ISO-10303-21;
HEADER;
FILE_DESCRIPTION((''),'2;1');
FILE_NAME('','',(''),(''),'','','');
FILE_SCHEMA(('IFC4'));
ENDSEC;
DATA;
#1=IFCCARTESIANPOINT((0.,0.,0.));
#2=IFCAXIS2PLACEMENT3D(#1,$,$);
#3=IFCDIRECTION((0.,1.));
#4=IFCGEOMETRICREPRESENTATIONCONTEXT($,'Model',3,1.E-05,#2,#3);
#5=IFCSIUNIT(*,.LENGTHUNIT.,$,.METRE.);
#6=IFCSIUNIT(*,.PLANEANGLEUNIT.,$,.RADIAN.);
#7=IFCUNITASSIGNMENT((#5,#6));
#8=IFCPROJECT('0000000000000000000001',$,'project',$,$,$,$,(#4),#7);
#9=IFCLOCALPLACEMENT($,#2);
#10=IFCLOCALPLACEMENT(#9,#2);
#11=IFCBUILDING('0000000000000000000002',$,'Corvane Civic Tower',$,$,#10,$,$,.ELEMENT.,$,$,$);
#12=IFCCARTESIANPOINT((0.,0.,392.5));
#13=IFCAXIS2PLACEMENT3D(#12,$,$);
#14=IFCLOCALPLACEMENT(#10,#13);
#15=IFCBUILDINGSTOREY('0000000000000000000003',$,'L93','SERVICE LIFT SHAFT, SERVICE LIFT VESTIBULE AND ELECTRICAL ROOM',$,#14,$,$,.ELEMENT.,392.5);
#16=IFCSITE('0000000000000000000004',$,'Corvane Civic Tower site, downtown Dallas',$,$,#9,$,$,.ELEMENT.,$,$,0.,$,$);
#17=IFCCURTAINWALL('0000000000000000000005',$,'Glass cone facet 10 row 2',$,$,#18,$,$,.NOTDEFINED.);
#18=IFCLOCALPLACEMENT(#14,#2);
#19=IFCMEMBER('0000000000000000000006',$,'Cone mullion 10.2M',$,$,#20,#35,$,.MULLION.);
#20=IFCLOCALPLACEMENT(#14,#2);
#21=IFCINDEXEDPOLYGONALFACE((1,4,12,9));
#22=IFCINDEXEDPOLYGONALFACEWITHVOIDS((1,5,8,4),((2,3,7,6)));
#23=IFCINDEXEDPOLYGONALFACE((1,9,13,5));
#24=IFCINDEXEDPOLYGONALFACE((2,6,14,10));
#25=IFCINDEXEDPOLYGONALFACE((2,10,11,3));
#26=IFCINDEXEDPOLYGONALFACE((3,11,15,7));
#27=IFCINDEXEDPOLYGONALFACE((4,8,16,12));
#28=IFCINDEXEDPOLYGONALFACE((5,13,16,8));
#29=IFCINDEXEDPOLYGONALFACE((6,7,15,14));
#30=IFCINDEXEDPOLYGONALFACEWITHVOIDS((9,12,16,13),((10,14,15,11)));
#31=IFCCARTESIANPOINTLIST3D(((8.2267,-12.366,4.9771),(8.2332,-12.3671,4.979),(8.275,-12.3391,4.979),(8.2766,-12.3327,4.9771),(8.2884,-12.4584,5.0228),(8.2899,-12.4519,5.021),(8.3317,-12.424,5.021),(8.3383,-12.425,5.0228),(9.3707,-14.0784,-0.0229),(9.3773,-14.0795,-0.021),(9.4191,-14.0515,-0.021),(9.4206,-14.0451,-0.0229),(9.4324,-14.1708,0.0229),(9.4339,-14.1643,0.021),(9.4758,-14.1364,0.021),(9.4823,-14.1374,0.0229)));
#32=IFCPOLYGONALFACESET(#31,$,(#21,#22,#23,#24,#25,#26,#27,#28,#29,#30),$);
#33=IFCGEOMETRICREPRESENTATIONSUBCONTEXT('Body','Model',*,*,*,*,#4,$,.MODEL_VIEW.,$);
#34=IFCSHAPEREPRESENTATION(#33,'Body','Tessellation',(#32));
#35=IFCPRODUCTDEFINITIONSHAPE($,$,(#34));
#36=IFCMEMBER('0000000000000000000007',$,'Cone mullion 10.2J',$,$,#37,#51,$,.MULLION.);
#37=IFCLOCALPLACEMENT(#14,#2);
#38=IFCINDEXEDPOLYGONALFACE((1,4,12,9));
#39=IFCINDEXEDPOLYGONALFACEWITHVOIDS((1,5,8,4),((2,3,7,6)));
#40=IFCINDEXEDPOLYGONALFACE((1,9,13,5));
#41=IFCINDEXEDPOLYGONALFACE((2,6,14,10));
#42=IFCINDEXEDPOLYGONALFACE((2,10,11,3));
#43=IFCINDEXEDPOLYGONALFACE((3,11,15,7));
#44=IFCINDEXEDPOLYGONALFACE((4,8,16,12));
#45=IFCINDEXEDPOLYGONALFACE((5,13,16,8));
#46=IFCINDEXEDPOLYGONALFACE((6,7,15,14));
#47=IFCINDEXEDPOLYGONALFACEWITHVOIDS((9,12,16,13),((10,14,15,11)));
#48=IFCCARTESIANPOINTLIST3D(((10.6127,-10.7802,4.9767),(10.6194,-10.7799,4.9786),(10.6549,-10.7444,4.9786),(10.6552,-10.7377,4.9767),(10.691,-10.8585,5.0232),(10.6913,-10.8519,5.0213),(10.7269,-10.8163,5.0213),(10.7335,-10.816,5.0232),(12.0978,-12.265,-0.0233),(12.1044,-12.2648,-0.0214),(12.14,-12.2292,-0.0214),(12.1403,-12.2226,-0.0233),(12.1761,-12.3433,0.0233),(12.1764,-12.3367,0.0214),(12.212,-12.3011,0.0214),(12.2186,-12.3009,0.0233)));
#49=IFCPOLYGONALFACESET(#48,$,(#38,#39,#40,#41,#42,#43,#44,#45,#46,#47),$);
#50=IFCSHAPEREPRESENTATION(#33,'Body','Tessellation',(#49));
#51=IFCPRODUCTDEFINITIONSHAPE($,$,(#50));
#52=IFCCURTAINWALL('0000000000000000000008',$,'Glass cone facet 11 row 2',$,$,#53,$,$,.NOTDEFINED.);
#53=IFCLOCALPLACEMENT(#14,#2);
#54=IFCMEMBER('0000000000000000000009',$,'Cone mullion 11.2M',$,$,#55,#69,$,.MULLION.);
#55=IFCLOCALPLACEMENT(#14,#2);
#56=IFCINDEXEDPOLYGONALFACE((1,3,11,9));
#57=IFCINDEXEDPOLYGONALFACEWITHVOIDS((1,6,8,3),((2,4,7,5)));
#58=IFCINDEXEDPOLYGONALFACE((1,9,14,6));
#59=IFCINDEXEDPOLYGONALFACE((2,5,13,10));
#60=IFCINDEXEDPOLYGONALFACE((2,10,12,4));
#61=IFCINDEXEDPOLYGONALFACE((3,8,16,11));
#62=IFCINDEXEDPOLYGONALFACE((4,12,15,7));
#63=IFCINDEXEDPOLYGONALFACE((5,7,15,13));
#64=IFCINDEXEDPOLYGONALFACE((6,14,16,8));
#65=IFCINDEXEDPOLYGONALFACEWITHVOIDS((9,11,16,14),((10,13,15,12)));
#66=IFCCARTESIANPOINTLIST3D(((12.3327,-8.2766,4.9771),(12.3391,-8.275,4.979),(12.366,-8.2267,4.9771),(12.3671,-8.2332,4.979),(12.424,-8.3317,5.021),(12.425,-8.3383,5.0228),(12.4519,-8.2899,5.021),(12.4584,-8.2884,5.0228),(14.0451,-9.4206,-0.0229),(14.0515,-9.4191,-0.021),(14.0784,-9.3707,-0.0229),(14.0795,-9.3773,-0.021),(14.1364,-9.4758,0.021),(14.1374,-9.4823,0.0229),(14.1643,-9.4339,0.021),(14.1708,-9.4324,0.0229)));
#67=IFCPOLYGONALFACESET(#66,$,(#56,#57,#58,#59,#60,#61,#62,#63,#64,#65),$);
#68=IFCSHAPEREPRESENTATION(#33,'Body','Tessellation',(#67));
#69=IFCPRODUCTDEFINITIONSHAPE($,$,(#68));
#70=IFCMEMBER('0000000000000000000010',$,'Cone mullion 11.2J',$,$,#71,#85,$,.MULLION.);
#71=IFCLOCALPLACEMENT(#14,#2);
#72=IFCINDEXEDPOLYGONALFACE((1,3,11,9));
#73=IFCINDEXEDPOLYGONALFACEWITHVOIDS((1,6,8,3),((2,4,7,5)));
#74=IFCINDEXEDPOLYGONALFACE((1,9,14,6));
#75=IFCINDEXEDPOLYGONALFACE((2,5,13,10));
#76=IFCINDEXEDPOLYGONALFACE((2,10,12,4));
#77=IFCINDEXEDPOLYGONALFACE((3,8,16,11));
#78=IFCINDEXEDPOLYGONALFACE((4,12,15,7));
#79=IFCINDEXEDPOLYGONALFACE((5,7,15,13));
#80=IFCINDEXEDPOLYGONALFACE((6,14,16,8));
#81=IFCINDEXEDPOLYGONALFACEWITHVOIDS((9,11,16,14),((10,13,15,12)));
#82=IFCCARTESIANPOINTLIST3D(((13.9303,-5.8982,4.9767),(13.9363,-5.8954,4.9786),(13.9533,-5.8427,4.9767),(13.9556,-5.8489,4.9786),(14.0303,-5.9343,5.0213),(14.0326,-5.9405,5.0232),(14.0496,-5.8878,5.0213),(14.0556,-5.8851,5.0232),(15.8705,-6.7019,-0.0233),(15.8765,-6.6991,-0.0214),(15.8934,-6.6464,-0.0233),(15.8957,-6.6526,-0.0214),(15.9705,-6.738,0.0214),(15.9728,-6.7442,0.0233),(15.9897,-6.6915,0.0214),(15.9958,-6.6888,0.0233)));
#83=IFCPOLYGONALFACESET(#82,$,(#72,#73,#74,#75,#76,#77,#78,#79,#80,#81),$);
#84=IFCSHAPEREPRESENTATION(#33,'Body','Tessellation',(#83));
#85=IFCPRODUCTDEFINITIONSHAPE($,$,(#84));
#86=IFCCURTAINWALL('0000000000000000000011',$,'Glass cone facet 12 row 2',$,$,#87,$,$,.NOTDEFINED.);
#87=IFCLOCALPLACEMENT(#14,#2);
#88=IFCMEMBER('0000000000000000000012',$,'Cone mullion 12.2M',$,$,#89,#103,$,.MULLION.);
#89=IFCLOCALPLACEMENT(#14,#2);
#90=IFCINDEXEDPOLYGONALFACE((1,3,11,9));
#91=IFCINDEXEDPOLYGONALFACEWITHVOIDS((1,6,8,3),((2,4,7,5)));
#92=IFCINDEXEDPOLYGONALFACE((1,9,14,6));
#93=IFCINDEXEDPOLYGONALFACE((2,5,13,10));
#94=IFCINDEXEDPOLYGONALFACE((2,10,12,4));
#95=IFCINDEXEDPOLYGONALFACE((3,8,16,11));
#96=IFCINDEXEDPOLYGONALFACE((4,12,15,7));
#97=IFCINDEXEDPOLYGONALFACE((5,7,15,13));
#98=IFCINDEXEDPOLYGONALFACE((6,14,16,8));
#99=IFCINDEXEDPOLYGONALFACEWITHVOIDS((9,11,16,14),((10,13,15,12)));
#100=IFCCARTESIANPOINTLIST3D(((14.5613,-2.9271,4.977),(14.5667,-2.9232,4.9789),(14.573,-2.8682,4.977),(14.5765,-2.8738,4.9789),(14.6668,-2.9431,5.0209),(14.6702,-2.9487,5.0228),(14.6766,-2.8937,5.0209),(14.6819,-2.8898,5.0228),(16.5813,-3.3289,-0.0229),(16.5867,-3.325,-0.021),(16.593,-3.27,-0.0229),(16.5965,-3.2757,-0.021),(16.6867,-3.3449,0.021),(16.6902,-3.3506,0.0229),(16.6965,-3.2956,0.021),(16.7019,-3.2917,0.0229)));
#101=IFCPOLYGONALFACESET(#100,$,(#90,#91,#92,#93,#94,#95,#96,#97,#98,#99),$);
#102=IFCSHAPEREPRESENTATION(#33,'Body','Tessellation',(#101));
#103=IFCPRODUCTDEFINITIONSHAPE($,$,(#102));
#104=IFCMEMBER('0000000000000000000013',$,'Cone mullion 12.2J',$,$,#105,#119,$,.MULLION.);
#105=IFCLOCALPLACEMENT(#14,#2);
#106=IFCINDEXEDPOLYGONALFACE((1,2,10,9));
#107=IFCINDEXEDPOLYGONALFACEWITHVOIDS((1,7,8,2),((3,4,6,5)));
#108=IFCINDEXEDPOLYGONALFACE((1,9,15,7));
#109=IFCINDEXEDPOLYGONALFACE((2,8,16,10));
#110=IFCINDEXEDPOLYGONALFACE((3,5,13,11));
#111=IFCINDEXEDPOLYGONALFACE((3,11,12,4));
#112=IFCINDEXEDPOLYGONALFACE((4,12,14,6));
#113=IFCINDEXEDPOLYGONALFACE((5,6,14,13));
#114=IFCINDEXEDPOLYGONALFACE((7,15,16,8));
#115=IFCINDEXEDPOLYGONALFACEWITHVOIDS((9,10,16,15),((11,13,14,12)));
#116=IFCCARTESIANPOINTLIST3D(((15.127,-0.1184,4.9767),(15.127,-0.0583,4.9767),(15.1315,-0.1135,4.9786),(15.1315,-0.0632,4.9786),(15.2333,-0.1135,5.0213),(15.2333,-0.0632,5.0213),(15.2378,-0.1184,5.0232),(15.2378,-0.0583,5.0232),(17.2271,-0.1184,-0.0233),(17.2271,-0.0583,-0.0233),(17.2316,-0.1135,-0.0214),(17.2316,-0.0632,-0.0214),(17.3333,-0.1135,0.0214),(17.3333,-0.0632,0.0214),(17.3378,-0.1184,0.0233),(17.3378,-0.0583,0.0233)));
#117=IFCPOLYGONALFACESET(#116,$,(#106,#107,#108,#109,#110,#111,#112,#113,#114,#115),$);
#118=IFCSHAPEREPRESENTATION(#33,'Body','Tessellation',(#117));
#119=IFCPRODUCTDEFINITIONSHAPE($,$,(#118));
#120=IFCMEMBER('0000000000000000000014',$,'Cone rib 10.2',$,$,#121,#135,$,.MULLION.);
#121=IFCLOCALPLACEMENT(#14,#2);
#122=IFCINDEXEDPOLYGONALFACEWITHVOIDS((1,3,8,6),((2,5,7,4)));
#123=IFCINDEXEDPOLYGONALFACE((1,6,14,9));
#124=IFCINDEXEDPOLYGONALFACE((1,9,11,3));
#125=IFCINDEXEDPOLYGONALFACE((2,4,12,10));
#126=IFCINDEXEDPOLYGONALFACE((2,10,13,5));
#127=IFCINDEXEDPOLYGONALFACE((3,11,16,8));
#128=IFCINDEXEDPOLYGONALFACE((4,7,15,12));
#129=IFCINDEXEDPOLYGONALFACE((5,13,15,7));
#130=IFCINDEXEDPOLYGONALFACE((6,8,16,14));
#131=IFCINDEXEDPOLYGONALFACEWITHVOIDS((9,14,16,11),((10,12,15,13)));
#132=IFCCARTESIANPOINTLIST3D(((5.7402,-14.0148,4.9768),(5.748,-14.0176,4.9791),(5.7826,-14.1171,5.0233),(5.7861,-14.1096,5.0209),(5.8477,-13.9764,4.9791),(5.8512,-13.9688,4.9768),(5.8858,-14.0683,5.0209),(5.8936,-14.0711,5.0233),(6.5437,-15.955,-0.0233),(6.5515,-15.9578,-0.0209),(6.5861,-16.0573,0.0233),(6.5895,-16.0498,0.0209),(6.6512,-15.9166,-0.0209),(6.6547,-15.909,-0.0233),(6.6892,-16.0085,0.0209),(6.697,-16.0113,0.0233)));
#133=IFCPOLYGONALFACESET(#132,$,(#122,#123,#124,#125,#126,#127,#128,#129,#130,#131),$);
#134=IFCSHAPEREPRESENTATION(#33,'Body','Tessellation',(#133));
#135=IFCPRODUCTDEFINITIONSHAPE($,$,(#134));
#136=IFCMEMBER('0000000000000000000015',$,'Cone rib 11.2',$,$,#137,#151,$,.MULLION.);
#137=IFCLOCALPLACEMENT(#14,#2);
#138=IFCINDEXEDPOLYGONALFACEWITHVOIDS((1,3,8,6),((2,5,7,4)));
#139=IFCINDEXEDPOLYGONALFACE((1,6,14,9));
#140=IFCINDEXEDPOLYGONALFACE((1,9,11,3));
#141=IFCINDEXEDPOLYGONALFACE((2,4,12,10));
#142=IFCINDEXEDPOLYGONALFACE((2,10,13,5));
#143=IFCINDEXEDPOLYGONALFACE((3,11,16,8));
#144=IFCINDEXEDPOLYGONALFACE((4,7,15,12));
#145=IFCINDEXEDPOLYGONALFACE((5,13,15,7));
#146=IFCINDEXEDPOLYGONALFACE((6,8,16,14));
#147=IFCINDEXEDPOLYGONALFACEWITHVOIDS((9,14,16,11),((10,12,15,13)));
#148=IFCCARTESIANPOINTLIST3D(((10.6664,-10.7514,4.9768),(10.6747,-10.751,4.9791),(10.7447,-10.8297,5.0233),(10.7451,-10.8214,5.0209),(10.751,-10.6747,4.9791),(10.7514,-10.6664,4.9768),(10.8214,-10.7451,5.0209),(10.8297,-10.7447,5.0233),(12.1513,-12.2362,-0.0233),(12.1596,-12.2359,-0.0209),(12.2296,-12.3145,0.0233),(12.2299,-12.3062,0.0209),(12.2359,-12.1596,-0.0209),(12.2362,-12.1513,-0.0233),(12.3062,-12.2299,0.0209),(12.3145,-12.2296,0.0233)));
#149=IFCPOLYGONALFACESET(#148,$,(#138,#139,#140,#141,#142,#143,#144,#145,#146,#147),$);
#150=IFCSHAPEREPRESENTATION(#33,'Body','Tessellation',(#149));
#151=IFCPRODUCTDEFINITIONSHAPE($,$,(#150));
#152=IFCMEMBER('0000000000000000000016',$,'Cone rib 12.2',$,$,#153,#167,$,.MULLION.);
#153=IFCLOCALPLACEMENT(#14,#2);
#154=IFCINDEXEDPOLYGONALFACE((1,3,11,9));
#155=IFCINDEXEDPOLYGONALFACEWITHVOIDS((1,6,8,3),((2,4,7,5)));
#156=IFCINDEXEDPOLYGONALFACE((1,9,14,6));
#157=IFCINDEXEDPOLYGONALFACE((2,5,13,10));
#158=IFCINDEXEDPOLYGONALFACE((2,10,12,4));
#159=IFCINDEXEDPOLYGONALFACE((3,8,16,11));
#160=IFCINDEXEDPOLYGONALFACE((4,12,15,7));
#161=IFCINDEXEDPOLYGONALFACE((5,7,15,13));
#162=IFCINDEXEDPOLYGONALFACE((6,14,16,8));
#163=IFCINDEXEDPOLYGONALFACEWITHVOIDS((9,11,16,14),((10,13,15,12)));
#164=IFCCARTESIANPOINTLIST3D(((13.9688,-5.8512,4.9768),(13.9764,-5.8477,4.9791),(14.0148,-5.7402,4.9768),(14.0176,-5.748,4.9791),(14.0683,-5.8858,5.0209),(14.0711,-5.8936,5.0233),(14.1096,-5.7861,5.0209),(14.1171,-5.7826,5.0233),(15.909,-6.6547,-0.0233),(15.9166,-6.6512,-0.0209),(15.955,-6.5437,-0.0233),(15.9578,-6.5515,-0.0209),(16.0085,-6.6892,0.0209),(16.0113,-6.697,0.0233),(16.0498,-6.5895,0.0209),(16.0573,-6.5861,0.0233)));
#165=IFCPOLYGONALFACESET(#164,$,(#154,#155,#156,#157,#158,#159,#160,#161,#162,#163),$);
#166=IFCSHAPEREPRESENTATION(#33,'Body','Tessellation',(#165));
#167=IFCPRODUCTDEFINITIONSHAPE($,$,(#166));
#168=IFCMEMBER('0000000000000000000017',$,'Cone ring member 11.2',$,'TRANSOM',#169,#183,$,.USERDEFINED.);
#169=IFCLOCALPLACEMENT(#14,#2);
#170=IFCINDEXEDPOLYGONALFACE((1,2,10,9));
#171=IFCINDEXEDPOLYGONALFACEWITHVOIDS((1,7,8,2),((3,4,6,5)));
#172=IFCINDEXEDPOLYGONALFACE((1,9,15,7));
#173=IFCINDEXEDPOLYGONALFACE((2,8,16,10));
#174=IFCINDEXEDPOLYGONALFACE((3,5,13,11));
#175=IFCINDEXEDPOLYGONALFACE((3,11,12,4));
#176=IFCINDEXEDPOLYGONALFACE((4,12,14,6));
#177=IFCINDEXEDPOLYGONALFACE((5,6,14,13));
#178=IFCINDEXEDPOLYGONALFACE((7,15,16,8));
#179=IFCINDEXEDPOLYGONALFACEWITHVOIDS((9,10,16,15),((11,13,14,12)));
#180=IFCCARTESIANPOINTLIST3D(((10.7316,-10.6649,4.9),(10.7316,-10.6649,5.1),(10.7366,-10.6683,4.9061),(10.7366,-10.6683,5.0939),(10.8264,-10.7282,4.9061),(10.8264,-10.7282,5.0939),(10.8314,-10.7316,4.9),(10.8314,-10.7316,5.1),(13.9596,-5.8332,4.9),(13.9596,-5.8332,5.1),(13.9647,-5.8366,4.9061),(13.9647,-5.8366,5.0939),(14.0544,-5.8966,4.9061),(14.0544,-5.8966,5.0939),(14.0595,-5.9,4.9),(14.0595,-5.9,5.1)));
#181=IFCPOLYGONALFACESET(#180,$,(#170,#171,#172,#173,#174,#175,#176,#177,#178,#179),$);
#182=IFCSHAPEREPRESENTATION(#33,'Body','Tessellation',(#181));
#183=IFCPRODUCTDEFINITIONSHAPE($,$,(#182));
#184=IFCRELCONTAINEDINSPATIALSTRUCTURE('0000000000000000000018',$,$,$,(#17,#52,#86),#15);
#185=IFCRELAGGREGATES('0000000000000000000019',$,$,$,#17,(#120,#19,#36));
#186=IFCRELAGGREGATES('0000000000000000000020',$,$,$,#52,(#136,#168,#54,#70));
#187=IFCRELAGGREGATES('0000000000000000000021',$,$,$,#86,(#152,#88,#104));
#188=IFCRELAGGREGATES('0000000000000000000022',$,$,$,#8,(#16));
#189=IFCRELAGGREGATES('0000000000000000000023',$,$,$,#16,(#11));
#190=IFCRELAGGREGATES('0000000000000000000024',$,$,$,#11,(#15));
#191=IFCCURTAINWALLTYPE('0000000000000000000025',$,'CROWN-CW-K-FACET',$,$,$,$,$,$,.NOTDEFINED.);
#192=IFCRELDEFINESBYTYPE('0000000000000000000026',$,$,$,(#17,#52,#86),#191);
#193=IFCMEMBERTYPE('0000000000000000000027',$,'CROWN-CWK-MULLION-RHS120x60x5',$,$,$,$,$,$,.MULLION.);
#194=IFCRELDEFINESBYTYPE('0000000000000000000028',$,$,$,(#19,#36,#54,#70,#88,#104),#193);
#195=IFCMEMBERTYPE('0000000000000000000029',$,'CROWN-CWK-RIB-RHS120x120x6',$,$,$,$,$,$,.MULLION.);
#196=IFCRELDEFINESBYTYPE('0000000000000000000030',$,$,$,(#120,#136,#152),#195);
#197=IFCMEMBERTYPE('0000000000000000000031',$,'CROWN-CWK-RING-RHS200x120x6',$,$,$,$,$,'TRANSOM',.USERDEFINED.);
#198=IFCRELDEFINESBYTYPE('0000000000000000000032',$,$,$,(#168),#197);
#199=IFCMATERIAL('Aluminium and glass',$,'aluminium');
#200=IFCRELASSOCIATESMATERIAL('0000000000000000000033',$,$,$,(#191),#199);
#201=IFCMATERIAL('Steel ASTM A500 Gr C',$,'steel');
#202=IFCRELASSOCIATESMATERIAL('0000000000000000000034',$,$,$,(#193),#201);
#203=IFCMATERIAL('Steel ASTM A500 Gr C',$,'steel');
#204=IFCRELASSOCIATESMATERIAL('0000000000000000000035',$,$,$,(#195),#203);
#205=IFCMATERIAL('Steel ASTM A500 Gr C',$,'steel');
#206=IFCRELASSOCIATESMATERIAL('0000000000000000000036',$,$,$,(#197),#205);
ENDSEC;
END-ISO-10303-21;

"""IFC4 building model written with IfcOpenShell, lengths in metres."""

from ifc_helpers import new_model, si_unit, direction, frame, origin, origin_2d, place, context, subcontext, project, spatial, hollow_rectangle, extrude, material, material_profile, profile_set, type_object, element, aggregate, save


model = new_model("IFC4")

# Units and contexts
model_context = context("Model", 3, precision=1e-05, world=origin(), true_north=direction((0.0, 1.0)))
body_context = subcontext(model_context, "Body", "Model", "MODEL_VIEW")
ifc_project = project(units=[si_unit("LENGTHUNIT", "METRE"), si_unit("PLANEANGLEUNIT", "RADIAN")], contexts=[model_context])

# Site, building, storey
site_placement = place(None, origin())
site = spatial("IfcSite", under=ifc_project, at=site_placement, Name="Corvane Civic Tower site, downtown Dallas", CompositionType="ELEMENT", RefElevation=0.0)
building_placement = place(site_placement, origin())
building = spatial("IfcBuilding", under=site, at=building_placement, Name="Corvane Civic Tower", CompositionType="ELEMENT")
storey_placement = place(building_placement, frame((0.0, 0.0, 392.5)))
storey = spatial("IfcBuildingStorey", under=building, at=storey_placement, Name="L93", Description="SERVICE LIFT SHAFT, SERVICE LIFT VESTIBULE AND ELECTRICAL ROOM", CompositionType="ELEMENT", Elevation=392.5)

# Shared definitions
ifc_material_1 = material(Name="Aluminium and glass", Category="aluminium")
curtain_wall_type = type_object("IfcCurtainWallType", Name="CROWN-CW-K-FACET", PredefinedType="NOTDEFINED", material=ifc_material_1)
ifc_material_2 = material(Name="Steel ASTM A500 Gr C", Category="steel")
ifc_material_profile_1 = material_profile(ifc_material_2, hollow_rectangle(XDim=0.0601, YDim=0.1201, WallThickness=0.0049, at=origin_2d()), Name="RHS 120x60x5")
ifc_profile_set_1 = profile_set([ifc_material_profile_1], Name="Steel ASTM A500 Gr C")
member_type_1 = type_object("IfcMemberType", Name="CROWN-CWK-MULLION-RHS120x60x5", PredefinedType="MULLION", material=ifc_profile_set_1)

# Curtain walls, members
curtain_wall_1_placement = place(storey_placement, origin())
curtain_wall_1 = element("IfcCurtainWall", 1, at=curtain_wall_1_placement, inside=storey, type_object=curtain_wall_type, Name="Glass cone facet 10 row 2", PredefinedType="NOTDEFINED")
member_1_placement = place(storey_placement, frame((9.4265, -14.1079, 0.0), z_axis=(-0.211566, 0.316671, 0.92464), x_axis=(-0.831503, -0.555521, 0.0)))
member_1 = element("IfcMember", 2, at=member_1_placement, type_object=member_type_1, Name="Cone mullion 10.2M", PredefinedType="MULLION", context=body_context, shape_type="SweptSolid", body=[
    extrude(hollow_rectangle(XDim=0.0601, YDim=0.1201, WallThickness=0.0049, at=origin_2d()), origin(), (0.0, 0.0, 1.0), 5.4075),
])
member_2_placement = place(storey_placement, frame((12.1582, -12.283, 0.0), z_axis=(-0.273847, 0.273802, 0.921976), x_axis=(-0.707049, -0.707165, 0.0)))
member_2 = element("IfcMember", 3, at=member_2_placement, type_object=member_type_1, Name="Cone mullion 10.2J", PredefinedType="MULLION", context=body_context, shape_type="SweptSolid", body=[
    extrude(hollow_rectangle(XDim=0.0601, YDim=0.1201, WallThickness=0.0049, at=origin_2d()), origin(), (0.0, 0.0, 1.0), 5.4231),
])
curtain_wall_2_placement = place(storey_placement, origin())
curtain_wall_2 = element("IfcCurtainWall", 4, at=curtain_wall_2_placement, inside=storey, type_object=curtain_wall_type, Name="Glass cone facet 11 row 2", PredefinedType="NOTDEFINED")
member_3_placement = place(storey_placement, frame((14.1079, -9.4265, 0.0), z_axis=(-0.316671, 0.211566, 0.92464), x_axis=(-0.555521, -0.831503, 0.0)))
member_3 = element("IfcMember", 5, at=member_3_placement, type_object=member_type_1, Name="Cone mullion 11.2M", PredefinedType="MULLION", context=body_context, shape_type="SweptSolid", body=[
    extrude(hollow_rectangle(XDim=0.0601, YDim=0.1201, WallThickness=0.0049, at=origin_2d()), origin(), (0.0, 0.0, 1.0), 5.4075),
])
member_4_placement = place(storey_placement, frame((15.9331, -6.6953, 0.0), z_axis=(-0.357762, 0.148201, 0.921978), x_axis=(-0.382708, -0.923869, 0.0)))
member_4 = element("IfcMember", 6, at=member_4_placement, type_object=member_type_1, Name="Cone mullion 11.2J", PredefinedType="MULLION", context=body_context, shape_type="SweptSolid", body=[
    extrude(hollow_rectangle(XDim=0.0601, YDim=0.1201, WallThickness=0.0049, at=origin_2d()), origin(), (0.0, 0.0, 1.0), 5.4231),
])
curtain_wall_3_placement = place(storey_placement, origin())
curtain_wall_3 = element("IfcCurtainWall", 7, at=curtain_wall_3_placement, inside=storey, type_object=curtain_wall_type, Name="Glass cone facet 12 row 2", PredefinedType="NOTDEFINED")
member_5_placement = place(storey_placement, frame((16.6416, -3.3103, 0.0), z_axis=(-0.373553, 0.074313, 0.924627), x_axis=(-0.195113, -0.980781, 0.0)))
member_5 = element("IfcMember", 8, at=member_5_placement, type_object=member_type_1, Name="Cone mullion 12.2M", PredefinedType="MULLION", context=body_context, shape_type="SweptSolid", body=[
    extrude(hollow_rectangle(XDim=0.0601, YDim=0.1201, WallThickness=0.0049, at=origin_2d()), origin(), (0.0, 0.0, 1.0), 5.4075),
])
member_6_placement = place(storey_placement, frame((17.2825, -0.0884, 0.0), z_axis=(-0.387248, 0.0, 0.921976), x_axis=(0.0, -1.0, 0.0)))
member_6 = element("IfcMember", 9, at=member_6_placement, type_object=member_type_1, Name="Cone mullion 12.2J", PredefinedType="MULLION", context=body_context, shape_type="SweptSolid", body=[
    extrude(hollow_rectangle(XDim=0.0601, YDim=0.1201, WallThickness=0.0049, at=origin_2d()), origin(), (0.0, 0.0, 1.0), 5.4231),
])

# Members
ifc_material_3 = material(Name="Steel ASTM A500 Gr C", Category="steel")
ifc_material_profile_2 = material_profile(ifc_material_3, hollow_rectangle(XDim=0.1201, YDim=0.1201, WallThickness=0.0061, at=origin_2d()), Name="RHS 120x120x6")
ifc_profile_set_2 = profile_set([ifc_material_profile_2], Name="Steel ASTM A500 Gr C")
member_type_2 = type_object("IfcMemberType", Name="CROWN-CWK-RIB-RHS120x120x6", PredefinedType="MULLION", material=ifc_profile_set_2)
member_7_placement = place(storey_placement, frame((6.6204, -15.9832, 0.0), z_axis=(-0.148157, 0.357764, 0.921984), x_axis=(-0.923911, -0.382608, 0.0)))
member_7 = element("IfcMember", 10, at=member_7_placement, type_object=member_type_2, Name="Cone rib 10.2", PredefinedType="MULLION", context=body_context, shape_type="SweptSolid", body=[
    extrude(hollow_rectangle(XDim=0.1201, YDim=0.1201, WallThickness=0.0061, at=origin_2d()), origin(), (0.0, 0.0, 1.0), 5.4231),
])
member_8_placement = place(storey_placement, frame((12.2329, -12.2329, 0.0), z_axis=(-0.273805, 0.273805, 0.921988), x_axis=(-0.707107, -0.707107, 0.0)))
member_8 = element("IfcMember", 11, at=member_8_placement, type_object=member_type_2, Name="Cone rib 11.2", PredefinedType="MULLION", context=body_context, shape_type="SweptSolid", body=[
    extrude(hollow_rectangle(XDim=0.1201, YDim=0.1201, WallThickness=0.0061, at=origin_2d()), origin(), (0.0, 0.0, 1.0), 5.4231),
])
member_9_placement = place(storey_placement, frame((15.9832, -6.6204, 0.0), z_axis=(-0.357764, 0.148157, 0.921984), x_axis=(-0.382608, -0.923911, 0.0)))
member_9 = element("IfcMember", 12, at=member_9_placement, type_object=member_type_2, Name="Cone rib 12.2", PredefinedType="MULLION", context=body_context, shape_type="SweptSolid", body=[
    extrude(hollow_rectangle(XDim=0.1201, YDim=0.1201, WallThickness=0.0061, at=origin_2d()), origin(), (0.0, 0.0, 1.0), 5.4231),
])
ifc_material_4 = material(Name="Steel ASTM A500 Gr C", Category="steel")
ifc_material_profile_3 = material_profile(ifc_material_4, hollow_rectangle(XDim=0.1201, YDim=0.2, WallThickness=0.0061, at=origin_2d()), Name="RHS 200x120x6")
ifc_profile_set_3 = profile_set([ifc_material_profile_3], Name="Steel ASTM A500 Gr C")
member_type_3 = type_object("IfcMemberType", Name="CROWN-CWK-RING-RHS200x120x6", ElementType="TRANSOM", PredefinedType="USERDEFINED", material=ifc_profile_set_3)
member_10_placement = place(storey_placement, frame((10.7815, -10.6982, 5.0), z_axis=(0.555534, 0.831494, 0.0), x_axis=(-0.831494, 0.555534, 0.0)))
member_10 = element("IfcMember", 13, at=member_10_placement, type_object=member_type_3, Name="Cone ring member 11.2", ObjectType="TRANSOM", PredefinedType="USERDEFINED", context=body_context, shape_type="SweptSolid", body=[
    extrude(hollow_rectangle(XDim=0.1201, YDim=0.2, WallThickness=0.0061, at=origin_2d()), origin(), (0.0, 0.0, 1.0), 5.8108),
])

aggregate(curtain_wall_1, [member_7, member_1, member_2])
aggregate(curtain_wall_2, [member_8, member_10, member_3, member_4])
aggregate(curtain_wall_3, [member_9, member_5, member_6])

save(model, "model.ifc")
